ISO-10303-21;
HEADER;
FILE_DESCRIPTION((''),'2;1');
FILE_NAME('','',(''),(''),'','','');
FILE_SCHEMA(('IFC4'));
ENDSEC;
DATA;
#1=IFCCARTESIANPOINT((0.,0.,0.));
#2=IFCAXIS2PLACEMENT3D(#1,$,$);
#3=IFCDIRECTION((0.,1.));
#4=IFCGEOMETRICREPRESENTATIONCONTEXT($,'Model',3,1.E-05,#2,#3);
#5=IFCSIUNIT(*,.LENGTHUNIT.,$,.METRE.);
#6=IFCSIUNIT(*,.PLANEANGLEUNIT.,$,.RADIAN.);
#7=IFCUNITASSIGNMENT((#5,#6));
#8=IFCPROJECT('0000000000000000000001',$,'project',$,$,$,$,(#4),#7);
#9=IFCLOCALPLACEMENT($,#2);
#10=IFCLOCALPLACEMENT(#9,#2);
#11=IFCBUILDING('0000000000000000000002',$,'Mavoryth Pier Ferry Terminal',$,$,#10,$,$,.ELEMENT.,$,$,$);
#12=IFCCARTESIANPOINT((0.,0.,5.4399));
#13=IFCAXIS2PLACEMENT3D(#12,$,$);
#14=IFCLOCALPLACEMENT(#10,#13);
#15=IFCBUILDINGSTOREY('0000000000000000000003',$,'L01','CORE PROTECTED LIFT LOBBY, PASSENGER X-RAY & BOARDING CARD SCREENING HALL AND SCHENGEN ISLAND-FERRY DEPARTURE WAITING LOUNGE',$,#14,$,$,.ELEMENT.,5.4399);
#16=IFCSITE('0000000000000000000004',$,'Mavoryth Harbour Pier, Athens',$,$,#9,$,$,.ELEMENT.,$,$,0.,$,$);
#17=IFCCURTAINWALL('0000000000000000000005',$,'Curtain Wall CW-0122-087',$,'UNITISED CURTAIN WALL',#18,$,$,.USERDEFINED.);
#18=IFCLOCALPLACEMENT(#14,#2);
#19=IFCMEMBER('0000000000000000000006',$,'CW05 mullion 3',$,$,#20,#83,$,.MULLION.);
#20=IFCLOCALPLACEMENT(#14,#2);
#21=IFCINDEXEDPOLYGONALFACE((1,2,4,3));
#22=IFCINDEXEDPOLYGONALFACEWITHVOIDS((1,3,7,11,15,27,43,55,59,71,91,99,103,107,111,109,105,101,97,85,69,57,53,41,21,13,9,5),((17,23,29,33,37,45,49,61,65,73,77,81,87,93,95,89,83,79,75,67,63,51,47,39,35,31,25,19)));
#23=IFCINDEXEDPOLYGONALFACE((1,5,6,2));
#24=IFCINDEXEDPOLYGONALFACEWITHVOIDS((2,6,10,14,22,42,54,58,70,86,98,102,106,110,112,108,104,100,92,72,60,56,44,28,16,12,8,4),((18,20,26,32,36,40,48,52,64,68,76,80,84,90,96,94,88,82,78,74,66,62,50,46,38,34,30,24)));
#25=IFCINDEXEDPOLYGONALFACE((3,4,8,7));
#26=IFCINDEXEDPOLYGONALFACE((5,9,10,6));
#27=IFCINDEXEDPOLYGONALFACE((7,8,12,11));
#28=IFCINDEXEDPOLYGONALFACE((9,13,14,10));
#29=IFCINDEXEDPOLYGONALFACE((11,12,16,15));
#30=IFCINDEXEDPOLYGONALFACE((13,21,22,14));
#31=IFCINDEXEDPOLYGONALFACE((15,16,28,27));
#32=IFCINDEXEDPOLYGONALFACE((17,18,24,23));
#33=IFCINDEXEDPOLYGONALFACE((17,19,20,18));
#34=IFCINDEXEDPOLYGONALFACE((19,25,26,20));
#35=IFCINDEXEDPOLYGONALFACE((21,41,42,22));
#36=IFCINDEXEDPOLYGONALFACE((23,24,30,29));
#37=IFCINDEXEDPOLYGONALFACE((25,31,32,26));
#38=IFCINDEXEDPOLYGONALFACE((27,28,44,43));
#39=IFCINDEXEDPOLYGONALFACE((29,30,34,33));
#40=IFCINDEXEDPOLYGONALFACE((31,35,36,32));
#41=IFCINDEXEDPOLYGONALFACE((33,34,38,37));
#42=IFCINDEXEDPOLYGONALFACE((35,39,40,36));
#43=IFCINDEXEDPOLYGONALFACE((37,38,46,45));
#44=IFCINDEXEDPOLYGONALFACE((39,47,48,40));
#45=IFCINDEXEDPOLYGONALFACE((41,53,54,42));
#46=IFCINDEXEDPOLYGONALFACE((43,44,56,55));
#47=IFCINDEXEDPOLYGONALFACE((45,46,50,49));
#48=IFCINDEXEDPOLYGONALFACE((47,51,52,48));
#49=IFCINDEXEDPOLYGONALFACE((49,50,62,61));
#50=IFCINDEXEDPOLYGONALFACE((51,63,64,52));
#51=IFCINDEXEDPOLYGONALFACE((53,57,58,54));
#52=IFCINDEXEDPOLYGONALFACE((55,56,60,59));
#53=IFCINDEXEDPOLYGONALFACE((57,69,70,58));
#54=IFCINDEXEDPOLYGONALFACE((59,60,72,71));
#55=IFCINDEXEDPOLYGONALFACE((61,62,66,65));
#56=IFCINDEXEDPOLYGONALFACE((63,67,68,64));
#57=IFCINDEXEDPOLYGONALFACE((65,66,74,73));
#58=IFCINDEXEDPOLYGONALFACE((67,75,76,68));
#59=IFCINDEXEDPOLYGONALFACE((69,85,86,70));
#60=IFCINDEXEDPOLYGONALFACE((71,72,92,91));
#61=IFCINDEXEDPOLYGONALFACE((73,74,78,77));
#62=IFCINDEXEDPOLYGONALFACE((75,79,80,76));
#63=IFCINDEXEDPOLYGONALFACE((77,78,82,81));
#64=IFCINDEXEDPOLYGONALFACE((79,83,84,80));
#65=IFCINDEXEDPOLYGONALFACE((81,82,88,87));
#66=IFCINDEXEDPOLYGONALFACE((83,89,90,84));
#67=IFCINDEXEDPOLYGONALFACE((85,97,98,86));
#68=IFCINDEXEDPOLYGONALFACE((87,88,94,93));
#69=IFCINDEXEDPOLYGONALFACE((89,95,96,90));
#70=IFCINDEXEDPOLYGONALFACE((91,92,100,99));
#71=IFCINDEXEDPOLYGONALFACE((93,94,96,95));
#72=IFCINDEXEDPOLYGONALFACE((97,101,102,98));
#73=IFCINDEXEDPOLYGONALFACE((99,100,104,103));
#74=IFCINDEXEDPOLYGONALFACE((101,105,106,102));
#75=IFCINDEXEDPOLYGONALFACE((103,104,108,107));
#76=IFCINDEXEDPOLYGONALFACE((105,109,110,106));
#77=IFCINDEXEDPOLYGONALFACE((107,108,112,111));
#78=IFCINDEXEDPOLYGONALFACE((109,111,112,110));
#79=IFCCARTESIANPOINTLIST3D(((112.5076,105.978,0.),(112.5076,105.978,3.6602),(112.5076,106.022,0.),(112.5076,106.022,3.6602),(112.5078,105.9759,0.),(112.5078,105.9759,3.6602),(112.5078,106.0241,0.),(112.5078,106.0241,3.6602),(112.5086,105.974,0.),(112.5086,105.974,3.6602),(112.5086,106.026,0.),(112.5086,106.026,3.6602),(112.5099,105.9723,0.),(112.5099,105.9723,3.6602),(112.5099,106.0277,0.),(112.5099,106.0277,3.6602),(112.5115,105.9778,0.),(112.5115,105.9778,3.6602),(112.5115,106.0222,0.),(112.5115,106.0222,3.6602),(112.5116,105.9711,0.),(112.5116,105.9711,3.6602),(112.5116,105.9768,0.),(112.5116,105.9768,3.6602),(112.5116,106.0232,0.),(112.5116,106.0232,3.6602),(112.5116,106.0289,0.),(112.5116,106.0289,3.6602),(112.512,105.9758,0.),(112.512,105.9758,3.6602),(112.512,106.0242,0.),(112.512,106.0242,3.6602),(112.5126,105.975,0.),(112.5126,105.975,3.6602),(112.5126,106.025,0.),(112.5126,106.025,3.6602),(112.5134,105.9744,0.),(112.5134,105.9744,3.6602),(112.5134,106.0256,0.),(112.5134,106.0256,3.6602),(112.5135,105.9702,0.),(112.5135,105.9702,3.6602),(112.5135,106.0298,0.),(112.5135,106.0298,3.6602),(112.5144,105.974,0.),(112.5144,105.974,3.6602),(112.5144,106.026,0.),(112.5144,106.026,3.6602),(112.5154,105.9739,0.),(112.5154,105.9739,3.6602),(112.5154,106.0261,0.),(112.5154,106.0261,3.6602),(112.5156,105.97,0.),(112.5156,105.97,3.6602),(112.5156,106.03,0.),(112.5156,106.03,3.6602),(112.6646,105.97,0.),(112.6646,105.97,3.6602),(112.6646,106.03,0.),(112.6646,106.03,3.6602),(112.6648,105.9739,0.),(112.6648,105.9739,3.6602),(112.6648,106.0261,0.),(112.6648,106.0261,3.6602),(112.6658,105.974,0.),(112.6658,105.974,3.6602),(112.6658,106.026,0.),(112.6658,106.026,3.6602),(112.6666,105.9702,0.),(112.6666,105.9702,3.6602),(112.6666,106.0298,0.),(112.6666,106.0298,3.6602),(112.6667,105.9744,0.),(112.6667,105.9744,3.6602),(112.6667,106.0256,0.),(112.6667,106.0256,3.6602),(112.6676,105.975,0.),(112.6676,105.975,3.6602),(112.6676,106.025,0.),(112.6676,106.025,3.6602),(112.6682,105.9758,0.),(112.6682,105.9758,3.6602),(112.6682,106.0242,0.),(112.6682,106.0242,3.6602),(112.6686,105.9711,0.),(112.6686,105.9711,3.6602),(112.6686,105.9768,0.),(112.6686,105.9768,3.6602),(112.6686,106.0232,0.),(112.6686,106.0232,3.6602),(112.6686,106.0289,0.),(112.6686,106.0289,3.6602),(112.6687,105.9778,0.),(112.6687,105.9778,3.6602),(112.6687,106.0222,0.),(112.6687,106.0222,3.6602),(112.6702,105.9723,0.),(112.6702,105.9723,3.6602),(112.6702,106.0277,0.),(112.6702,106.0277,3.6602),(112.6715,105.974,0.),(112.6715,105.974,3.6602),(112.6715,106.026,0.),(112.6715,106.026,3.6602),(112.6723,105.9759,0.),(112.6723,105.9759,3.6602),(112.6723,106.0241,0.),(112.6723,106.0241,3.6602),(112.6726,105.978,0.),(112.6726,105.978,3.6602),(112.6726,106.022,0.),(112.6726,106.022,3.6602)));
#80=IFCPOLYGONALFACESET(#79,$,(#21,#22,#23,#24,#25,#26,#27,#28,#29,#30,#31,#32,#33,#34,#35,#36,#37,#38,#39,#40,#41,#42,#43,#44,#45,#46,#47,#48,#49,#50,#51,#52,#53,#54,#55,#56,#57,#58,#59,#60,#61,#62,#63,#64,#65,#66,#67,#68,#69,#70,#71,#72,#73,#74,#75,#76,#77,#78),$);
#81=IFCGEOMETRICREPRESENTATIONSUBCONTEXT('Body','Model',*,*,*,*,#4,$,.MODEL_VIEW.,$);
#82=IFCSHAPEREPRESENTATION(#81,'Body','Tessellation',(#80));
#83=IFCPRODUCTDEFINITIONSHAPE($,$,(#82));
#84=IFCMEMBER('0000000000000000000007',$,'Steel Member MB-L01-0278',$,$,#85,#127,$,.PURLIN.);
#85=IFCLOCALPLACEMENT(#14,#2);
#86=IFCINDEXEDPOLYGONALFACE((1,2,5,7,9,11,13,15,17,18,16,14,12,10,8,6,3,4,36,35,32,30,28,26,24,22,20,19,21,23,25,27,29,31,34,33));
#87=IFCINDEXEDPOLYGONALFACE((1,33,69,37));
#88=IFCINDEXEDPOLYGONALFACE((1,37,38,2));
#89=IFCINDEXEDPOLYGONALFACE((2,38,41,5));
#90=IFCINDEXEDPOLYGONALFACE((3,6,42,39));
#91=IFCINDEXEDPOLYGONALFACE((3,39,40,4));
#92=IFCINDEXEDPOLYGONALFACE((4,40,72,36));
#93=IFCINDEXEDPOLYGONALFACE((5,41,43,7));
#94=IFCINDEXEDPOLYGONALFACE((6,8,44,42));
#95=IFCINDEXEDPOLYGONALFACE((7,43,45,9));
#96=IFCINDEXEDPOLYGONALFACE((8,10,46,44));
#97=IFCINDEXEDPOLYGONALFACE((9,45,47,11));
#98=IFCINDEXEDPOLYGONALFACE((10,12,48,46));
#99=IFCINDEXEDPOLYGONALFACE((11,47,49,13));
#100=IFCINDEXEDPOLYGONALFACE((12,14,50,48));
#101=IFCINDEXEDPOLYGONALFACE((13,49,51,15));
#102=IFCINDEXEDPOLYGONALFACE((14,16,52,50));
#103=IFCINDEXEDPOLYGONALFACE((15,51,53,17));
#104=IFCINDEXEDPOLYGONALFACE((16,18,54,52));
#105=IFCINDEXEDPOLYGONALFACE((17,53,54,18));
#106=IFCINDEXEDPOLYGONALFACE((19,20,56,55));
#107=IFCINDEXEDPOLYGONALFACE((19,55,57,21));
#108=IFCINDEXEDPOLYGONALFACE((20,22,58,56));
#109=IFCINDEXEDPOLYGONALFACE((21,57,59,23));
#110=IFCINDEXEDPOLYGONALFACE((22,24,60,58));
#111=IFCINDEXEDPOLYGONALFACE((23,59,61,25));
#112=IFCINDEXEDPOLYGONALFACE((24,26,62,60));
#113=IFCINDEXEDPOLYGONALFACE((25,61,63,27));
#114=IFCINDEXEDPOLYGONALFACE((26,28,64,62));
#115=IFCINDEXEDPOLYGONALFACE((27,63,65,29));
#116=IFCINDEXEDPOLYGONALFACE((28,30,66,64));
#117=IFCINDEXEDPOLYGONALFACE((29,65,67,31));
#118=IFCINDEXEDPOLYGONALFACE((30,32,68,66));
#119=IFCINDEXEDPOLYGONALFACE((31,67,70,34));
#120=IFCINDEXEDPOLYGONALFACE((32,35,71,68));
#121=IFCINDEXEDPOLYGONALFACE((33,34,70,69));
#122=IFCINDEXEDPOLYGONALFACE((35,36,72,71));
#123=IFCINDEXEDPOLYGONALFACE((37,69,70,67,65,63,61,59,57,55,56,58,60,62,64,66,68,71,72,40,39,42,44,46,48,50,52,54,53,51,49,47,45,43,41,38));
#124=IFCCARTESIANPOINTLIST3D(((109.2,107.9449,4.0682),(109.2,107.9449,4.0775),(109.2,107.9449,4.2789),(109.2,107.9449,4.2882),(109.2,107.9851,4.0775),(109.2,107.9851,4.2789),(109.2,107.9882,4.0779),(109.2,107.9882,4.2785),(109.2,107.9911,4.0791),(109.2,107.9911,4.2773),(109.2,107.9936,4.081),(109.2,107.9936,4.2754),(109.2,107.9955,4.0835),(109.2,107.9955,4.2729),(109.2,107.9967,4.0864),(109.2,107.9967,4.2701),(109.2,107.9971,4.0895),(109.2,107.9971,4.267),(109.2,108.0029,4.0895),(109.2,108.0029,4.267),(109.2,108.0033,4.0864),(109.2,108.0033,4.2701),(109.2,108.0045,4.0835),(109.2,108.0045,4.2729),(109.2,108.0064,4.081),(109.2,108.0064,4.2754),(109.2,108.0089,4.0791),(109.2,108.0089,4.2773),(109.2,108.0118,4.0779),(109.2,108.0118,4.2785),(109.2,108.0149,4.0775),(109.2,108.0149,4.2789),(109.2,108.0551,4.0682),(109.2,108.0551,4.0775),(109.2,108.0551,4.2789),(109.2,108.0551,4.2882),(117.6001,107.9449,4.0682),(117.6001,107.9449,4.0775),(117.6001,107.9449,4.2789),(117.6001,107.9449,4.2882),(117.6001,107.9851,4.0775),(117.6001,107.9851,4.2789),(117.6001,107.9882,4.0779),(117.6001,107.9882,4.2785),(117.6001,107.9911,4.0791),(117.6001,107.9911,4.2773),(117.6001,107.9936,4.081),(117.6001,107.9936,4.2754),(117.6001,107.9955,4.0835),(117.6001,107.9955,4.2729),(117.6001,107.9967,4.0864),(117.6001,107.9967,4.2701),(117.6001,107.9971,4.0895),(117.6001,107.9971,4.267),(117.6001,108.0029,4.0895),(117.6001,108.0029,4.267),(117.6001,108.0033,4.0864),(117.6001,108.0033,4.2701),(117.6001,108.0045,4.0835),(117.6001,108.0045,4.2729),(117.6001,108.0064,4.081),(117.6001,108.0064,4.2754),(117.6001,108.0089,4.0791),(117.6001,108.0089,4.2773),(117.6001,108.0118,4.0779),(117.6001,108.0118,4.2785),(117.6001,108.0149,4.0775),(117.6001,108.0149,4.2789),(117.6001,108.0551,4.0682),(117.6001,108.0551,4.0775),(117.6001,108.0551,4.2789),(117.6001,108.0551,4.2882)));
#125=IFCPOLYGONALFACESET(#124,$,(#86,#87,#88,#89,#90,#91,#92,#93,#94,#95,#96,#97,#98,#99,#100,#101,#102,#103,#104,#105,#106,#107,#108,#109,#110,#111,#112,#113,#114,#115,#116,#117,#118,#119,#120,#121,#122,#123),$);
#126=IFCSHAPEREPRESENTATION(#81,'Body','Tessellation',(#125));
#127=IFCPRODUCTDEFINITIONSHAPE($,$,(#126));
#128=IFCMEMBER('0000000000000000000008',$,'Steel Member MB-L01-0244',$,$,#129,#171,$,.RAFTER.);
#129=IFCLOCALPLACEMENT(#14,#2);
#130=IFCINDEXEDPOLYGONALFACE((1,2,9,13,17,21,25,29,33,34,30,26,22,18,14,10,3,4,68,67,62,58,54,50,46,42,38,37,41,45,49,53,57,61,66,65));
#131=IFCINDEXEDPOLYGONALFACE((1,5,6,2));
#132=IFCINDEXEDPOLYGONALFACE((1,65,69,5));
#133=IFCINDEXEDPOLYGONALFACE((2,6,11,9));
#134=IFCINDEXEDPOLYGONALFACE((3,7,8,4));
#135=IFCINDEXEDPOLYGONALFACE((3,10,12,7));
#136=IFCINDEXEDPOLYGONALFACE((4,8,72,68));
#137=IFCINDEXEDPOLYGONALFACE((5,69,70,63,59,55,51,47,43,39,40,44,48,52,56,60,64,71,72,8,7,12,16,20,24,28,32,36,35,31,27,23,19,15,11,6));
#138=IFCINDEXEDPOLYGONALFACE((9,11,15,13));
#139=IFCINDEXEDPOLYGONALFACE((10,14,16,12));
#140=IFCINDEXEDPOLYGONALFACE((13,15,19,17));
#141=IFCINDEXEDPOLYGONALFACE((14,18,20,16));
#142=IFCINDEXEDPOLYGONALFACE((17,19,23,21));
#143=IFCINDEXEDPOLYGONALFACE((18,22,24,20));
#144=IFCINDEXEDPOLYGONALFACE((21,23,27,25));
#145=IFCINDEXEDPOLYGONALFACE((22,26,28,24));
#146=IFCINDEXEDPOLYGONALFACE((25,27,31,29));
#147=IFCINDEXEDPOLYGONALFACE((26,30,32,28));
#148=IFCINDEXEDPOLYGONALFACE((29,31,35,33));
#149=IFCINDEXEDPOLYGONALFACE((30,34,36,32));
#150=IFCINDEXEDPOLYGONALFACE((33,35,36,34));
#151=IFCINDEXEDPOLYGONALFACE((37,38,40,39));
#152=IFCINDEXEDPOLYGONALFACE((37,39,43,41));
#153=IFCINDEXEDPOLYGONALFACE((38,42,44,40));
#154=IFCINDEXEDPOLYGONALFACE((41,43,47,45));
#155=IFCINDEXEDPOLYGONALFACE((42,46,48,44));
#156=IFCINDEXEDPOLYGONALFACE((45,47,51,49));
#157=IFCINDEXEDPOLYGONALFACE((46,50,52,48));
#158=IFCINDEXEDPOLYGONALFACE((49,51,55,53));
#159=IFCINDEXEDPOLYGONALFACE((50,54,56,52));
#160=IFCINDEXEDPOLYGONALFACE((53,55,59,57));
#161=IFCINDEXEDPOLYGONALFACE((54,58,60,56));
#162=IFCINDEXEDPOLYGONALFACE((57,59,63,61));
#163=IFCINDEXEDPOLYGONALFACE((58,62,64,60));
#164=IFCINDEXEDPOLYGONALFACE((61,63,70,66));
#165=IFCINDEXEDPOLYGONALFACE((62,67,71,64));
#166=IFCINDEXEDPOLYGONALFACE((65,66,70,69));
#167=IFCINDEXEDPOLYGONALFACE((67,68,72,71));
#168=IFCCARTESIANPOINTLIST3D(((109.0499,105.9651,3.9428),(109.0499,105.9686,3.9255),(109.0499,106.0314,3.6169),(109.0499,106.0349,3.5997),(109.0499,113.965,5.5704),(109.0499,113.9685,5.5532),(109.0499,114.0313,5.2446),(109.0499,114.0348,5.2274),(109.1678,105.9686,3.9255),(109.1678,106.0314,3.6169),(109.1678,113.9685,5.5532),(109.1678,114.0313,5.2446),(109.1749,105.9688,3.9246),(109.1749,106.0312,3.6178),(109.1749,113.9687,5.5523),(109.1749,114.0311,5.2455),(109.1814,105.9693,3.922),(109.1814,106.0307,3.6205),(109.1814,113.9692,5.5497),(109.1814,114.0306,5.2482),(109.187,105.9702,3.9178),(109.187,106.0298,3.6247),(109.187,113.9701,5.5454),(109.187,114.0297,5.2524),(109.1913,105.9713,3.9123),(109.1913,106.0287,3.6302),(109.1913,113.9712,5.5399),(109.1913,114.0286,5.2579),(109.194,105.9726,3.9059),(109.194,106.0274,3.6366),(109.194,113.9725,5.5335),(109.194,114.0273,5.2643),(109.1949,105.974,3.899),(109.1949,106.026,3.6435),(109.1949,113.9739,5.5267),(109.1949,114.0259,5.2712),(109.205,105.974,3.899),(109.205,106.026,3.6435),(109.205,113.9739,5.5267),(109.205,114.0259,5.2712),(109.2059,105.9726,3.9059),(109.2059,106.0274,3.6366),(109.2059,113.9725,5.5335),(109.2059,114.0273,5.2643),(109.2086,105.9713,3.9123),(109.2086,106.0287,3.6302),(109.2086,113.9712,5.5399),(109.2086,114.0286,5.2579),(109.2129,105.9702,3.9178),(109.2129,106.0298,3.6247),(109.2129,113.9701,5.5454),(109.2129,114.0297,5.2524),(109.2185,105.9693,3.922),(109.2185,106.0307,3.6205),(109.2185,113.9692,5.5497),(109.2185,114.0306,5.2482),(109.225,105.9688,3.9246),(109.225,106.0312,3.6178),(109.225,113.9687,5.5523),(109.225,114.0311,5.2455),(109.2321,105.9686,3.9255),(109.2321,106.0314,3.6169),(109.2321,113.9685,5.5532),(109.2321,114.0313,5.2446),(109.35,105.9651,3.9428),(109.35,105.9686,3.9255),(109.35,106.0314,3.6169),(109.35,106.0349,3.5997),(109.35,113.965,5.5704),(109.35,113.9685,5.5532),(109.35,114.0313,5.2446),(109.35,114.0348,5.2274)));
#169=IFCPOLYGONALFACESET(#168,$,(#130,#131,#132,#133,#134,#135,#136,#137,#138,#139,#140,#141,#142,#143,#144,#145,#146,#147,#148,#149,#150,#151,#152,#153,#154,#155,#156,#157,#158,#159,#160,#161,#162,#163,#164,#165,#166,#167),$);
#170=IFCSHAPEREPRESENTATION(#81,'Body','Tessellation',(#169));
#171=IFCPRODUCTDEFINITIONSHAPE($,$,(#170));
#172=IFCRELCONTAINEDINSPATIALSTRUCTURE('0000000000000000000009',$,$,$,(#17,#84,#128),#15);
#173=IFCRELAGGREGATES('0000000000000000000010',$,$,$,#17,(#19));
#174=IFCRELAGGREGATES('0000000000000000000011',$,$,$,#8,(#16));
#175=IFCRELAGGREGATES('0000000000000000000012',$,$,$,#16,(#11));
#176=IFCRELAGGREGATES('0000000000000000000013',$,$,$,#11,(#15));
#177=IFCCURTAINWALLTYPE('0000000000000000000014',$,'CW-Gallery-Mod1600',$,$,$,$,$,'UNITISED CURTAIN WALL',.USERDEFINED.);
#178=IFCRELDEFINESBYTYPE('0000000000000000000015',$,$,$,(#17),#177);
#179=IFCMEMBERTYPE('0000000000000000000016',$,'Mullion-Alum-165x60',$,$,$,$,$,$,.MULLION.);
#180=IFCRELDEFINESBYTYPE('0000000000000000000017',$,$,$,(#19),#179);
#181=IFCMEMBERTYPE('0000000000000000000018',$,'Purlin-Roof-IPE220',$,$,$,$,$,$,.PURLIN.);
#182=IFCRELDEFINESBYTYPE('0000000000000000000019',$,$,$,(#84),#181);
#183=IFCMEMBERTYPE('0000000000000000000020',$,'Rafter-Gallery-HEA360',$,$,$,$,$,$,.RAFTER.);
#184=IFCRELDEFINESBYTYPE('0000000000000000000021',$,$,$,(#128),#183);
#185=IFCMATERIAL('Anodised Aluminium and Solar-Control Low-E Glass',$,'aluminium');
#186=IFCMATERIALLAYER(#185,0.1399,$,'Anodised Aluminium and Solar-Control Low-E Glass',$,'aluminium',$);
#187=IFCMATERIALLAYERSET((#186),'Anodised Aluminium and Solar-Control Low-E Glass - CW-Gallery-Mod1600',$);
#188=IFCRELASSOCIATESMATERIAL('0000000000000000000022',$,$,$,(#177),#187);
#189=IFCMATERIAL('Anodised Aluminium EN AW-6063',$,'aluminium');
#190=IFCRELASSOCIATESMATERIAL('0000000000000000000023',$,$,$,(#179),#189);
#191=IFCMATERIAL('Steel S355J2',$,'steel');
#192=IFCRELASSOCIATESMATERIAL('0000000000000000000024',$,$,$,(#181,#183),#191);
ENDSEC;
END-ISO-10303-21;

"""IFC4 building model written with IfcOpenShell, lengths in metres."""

from ifc_helpers import new_model, si_unit, direction, frame, origin, origin_2d, place, context, subcontext, project, spatial, hollow_rectangle, i_section, extrude, material, layer, layer_set, material_profile, profile_set, type_object, element, aggregate, save


model = new_model("IFC4")

# Units and contexts
model_context = context("Model", 3, precision=1e-05, world=origin(), true_north=direction((0.0, 1.0)))
body_context = subcontext(model_context, "Body", "Model", "MODEL_VIEW")
ifc_project = project(units=[si_unit("LENGTHUNIT", "METRE"), si_unit("PLANEANGLEUNIT", "RADIAN")], contexts=[model_context])

# Site, building, storey
site_placement = place(None, origin())
site = spatial("IfcSite", under=ifc_project, at=site_placement, Name="Mavoryth Harbour Pier, Athens", CompositionType="ELEMENT", RefElevation=0.0)
building_placement = place(site_placement, origin())
building = spatial("IfcBuilding", under=site, at=building_placement, Name="Mavoryth Pier Ferry Terminal", CompositionType="ELEMENT")
storey_placement = place(building_placement, frame((0.0, 0.0, 5.4399)))
storey = spatial("IfcBuildingStorey", under=building, at=storey_placement, Name="L01", Description="CORE PROTECTED LIFT LOBBY, PASSENGER X-RAY & BOARDING CARD SCREENING HALL AND SCHENGEN ISLAND-FERRY DEPARTURE WAITING LOUNGE", CompositionType="ELEMENT", Elevation=5.4399)

# Shared definitions
ifc_material_1 = material(Name="Steel S355J2", Category="steel")

# Curtain wall, member
ifc_material_2 = material(Name="Anodised Aluminium and Solar-Control Low-E Glass", Category="aluminium")
ifc_layer_1 = layer(ifc_material_2, 0.1399, Name="Anodised Aluminium and Solar-Control Low-E Glass", Category="aluminium")
ifc_layer_set_1 = layer_set([ifc_layer_1], Name="Anodised Aluminium and Solar-Control Low-E Glass - CW-Gallery-Mod1600")
curtain_wall_type = type_object("IfcCurtainWallType", Name="CW-Gallery-Mod1600", ElementType="UNITISED CURTAIN WALL", PredefinedType="USERDEFINED", material=ifc_layer_set_1)
ifc_material_3 = material(Name="Anodised Aluminium EN AW-6063", Category="aluminium")
ifc_material_profile_1 = material_profile(ifc_material_3, hollow_rectangle(XDim=0.0601, YDim=0.165, WallThickness=0.0039, InnerFilletRadius=0.0039, OuterFilletRadius=0.0081, at=origin_2d()), Name="AL-MULL 165x60x4", Category="aluminium")
ifc_profile_set_1 = profile_set([ifc_material_profile_1], Name="Anodised Aluminium EN AW-6063 - AL-MULL 165x60x4")
member_type_1 = type_object("IfcMemberType", Name="Mullion-Alum-165x60", PredefinedType="MULLION", material=ifc_profile_set_1)
curtain_wall_1_placement = place(storey_placement, origin())
curtain_wall_1 = element("IfcCurtainWall", 1, at=curtain_wall_1_placement, inside=storey, type_object=curtain_wall_type, Name="Curtain Wall CW-0122-087", ObjectType="UNITISED CURTAIN WALL", PredefinedType="USERDEFINED")
member_1_placement = place(storey_placement, frame((112.5901, 106.0, 0.0), z_axis=(0.0, 0.0, 1.0), x_axis=(0.0, 1.0, 0.0)))
member_1 = element("IfcMember", 2, at=member_1_placement, type_object=member_type_1, Name="CW05 mullion 3", PredefinedType="MULLION", context=body_context, shape_type="SweptSolid", body=[
    extrude(hollow_rectangle(XDim=0.0601, YDim=0.165, WallThickness=0.0039, InnerFilletRadius=0.0039, OuterFilletRadius=0.0081, at=origin_2d()), origin(), (0.0, 0.0, 1.0), 3.6602),
])

# Members
ifc_material_profile_2 = material_profile(ifc_material_1, i_section(OverallWidth=0.1101, OverallDepth=0.22, WebThickness=0.0059, FlangeThickness=0.0093, FilletRadius=0.012, at=origin_2d()), Name="IPE 220", Category="steel")
ifc_profile_set_2 = profile_set([ifc_material_profile_2], Name="Steel S355J2 - IPE 220")
member_type_2 = type_object("IfcMemberType", Name="Purlin-Roof-IPE220", PredefinedType="PURLIN", material=ifc_profile_set_2)
member_2_placement = place(storey_placement, frame((109.2, 108.0, 4.1782), z_axis=(1.0, 0.0, 0.0), x_axis=(0.0, 1.0, 0.0)))
element("IfcMember", 3, at=member_2_placement, inside=storey, type_object=member_type_2, Name="Steel Member MB-L01-0278", PredefinedType="PURLIN", context=body_context, shape_type="SweptSolid", body=[
    extrude(i_section(OverallWidth=0.1101, OverallDepth=0.22, WebThickness=0.0059, FlangeThickness=0.0093, FilletRadius=0.012, at=origin_2d()), origin(), (0.0, 0.0, 1.0), 8.4001),
])
ifc_material_profile_3 = material_profile(ifc_material_1, i_section(OverallWidth=0.3, OverallDepth=0.3501, WebThickness=0.01, FlangeThickness=0.0176, FilletRadius=0.0271, at=origin_2d()), Name="HEA 360", Category="steel")
ifc_profile_set_3 = profile_set([ifc_material_profile_3], Name="Steel S355J2 - HEA 360")
member_type_3 = type_object("IfcMemberType", Name="Rafter-Gallery-HEA360", PredefinedType="RAFTER", material=ifc_profile_set_3)
member_3_placement = place(storey_placement, frame((109.2, 106.0, 3.7712), z_axis=(0.0, 0.979923, 0.199376), x_axis=(-1.0, 0.0, 0.0)))
element("IfcMember", 4, at=member_3_placement, inside=storey, type_object=member_type_3, Name="Steel Member MB-L01-0244", PredefinedType="RAFTER", context=body_context, shape_type="SweptSolid", body=[
    extrude(i_section(OverallWidth=0.3, OverallDepth=0.3501, WebThickness=0.01, FlangeThickness=0.0176, FilletRadius=0.0271, at=origin_2d()), origin(), (0.0, 0.0, 1.0), 8.1638),
])

aggregate(curtain_wall_1, [member_1])

save(model, "model.ifc")
